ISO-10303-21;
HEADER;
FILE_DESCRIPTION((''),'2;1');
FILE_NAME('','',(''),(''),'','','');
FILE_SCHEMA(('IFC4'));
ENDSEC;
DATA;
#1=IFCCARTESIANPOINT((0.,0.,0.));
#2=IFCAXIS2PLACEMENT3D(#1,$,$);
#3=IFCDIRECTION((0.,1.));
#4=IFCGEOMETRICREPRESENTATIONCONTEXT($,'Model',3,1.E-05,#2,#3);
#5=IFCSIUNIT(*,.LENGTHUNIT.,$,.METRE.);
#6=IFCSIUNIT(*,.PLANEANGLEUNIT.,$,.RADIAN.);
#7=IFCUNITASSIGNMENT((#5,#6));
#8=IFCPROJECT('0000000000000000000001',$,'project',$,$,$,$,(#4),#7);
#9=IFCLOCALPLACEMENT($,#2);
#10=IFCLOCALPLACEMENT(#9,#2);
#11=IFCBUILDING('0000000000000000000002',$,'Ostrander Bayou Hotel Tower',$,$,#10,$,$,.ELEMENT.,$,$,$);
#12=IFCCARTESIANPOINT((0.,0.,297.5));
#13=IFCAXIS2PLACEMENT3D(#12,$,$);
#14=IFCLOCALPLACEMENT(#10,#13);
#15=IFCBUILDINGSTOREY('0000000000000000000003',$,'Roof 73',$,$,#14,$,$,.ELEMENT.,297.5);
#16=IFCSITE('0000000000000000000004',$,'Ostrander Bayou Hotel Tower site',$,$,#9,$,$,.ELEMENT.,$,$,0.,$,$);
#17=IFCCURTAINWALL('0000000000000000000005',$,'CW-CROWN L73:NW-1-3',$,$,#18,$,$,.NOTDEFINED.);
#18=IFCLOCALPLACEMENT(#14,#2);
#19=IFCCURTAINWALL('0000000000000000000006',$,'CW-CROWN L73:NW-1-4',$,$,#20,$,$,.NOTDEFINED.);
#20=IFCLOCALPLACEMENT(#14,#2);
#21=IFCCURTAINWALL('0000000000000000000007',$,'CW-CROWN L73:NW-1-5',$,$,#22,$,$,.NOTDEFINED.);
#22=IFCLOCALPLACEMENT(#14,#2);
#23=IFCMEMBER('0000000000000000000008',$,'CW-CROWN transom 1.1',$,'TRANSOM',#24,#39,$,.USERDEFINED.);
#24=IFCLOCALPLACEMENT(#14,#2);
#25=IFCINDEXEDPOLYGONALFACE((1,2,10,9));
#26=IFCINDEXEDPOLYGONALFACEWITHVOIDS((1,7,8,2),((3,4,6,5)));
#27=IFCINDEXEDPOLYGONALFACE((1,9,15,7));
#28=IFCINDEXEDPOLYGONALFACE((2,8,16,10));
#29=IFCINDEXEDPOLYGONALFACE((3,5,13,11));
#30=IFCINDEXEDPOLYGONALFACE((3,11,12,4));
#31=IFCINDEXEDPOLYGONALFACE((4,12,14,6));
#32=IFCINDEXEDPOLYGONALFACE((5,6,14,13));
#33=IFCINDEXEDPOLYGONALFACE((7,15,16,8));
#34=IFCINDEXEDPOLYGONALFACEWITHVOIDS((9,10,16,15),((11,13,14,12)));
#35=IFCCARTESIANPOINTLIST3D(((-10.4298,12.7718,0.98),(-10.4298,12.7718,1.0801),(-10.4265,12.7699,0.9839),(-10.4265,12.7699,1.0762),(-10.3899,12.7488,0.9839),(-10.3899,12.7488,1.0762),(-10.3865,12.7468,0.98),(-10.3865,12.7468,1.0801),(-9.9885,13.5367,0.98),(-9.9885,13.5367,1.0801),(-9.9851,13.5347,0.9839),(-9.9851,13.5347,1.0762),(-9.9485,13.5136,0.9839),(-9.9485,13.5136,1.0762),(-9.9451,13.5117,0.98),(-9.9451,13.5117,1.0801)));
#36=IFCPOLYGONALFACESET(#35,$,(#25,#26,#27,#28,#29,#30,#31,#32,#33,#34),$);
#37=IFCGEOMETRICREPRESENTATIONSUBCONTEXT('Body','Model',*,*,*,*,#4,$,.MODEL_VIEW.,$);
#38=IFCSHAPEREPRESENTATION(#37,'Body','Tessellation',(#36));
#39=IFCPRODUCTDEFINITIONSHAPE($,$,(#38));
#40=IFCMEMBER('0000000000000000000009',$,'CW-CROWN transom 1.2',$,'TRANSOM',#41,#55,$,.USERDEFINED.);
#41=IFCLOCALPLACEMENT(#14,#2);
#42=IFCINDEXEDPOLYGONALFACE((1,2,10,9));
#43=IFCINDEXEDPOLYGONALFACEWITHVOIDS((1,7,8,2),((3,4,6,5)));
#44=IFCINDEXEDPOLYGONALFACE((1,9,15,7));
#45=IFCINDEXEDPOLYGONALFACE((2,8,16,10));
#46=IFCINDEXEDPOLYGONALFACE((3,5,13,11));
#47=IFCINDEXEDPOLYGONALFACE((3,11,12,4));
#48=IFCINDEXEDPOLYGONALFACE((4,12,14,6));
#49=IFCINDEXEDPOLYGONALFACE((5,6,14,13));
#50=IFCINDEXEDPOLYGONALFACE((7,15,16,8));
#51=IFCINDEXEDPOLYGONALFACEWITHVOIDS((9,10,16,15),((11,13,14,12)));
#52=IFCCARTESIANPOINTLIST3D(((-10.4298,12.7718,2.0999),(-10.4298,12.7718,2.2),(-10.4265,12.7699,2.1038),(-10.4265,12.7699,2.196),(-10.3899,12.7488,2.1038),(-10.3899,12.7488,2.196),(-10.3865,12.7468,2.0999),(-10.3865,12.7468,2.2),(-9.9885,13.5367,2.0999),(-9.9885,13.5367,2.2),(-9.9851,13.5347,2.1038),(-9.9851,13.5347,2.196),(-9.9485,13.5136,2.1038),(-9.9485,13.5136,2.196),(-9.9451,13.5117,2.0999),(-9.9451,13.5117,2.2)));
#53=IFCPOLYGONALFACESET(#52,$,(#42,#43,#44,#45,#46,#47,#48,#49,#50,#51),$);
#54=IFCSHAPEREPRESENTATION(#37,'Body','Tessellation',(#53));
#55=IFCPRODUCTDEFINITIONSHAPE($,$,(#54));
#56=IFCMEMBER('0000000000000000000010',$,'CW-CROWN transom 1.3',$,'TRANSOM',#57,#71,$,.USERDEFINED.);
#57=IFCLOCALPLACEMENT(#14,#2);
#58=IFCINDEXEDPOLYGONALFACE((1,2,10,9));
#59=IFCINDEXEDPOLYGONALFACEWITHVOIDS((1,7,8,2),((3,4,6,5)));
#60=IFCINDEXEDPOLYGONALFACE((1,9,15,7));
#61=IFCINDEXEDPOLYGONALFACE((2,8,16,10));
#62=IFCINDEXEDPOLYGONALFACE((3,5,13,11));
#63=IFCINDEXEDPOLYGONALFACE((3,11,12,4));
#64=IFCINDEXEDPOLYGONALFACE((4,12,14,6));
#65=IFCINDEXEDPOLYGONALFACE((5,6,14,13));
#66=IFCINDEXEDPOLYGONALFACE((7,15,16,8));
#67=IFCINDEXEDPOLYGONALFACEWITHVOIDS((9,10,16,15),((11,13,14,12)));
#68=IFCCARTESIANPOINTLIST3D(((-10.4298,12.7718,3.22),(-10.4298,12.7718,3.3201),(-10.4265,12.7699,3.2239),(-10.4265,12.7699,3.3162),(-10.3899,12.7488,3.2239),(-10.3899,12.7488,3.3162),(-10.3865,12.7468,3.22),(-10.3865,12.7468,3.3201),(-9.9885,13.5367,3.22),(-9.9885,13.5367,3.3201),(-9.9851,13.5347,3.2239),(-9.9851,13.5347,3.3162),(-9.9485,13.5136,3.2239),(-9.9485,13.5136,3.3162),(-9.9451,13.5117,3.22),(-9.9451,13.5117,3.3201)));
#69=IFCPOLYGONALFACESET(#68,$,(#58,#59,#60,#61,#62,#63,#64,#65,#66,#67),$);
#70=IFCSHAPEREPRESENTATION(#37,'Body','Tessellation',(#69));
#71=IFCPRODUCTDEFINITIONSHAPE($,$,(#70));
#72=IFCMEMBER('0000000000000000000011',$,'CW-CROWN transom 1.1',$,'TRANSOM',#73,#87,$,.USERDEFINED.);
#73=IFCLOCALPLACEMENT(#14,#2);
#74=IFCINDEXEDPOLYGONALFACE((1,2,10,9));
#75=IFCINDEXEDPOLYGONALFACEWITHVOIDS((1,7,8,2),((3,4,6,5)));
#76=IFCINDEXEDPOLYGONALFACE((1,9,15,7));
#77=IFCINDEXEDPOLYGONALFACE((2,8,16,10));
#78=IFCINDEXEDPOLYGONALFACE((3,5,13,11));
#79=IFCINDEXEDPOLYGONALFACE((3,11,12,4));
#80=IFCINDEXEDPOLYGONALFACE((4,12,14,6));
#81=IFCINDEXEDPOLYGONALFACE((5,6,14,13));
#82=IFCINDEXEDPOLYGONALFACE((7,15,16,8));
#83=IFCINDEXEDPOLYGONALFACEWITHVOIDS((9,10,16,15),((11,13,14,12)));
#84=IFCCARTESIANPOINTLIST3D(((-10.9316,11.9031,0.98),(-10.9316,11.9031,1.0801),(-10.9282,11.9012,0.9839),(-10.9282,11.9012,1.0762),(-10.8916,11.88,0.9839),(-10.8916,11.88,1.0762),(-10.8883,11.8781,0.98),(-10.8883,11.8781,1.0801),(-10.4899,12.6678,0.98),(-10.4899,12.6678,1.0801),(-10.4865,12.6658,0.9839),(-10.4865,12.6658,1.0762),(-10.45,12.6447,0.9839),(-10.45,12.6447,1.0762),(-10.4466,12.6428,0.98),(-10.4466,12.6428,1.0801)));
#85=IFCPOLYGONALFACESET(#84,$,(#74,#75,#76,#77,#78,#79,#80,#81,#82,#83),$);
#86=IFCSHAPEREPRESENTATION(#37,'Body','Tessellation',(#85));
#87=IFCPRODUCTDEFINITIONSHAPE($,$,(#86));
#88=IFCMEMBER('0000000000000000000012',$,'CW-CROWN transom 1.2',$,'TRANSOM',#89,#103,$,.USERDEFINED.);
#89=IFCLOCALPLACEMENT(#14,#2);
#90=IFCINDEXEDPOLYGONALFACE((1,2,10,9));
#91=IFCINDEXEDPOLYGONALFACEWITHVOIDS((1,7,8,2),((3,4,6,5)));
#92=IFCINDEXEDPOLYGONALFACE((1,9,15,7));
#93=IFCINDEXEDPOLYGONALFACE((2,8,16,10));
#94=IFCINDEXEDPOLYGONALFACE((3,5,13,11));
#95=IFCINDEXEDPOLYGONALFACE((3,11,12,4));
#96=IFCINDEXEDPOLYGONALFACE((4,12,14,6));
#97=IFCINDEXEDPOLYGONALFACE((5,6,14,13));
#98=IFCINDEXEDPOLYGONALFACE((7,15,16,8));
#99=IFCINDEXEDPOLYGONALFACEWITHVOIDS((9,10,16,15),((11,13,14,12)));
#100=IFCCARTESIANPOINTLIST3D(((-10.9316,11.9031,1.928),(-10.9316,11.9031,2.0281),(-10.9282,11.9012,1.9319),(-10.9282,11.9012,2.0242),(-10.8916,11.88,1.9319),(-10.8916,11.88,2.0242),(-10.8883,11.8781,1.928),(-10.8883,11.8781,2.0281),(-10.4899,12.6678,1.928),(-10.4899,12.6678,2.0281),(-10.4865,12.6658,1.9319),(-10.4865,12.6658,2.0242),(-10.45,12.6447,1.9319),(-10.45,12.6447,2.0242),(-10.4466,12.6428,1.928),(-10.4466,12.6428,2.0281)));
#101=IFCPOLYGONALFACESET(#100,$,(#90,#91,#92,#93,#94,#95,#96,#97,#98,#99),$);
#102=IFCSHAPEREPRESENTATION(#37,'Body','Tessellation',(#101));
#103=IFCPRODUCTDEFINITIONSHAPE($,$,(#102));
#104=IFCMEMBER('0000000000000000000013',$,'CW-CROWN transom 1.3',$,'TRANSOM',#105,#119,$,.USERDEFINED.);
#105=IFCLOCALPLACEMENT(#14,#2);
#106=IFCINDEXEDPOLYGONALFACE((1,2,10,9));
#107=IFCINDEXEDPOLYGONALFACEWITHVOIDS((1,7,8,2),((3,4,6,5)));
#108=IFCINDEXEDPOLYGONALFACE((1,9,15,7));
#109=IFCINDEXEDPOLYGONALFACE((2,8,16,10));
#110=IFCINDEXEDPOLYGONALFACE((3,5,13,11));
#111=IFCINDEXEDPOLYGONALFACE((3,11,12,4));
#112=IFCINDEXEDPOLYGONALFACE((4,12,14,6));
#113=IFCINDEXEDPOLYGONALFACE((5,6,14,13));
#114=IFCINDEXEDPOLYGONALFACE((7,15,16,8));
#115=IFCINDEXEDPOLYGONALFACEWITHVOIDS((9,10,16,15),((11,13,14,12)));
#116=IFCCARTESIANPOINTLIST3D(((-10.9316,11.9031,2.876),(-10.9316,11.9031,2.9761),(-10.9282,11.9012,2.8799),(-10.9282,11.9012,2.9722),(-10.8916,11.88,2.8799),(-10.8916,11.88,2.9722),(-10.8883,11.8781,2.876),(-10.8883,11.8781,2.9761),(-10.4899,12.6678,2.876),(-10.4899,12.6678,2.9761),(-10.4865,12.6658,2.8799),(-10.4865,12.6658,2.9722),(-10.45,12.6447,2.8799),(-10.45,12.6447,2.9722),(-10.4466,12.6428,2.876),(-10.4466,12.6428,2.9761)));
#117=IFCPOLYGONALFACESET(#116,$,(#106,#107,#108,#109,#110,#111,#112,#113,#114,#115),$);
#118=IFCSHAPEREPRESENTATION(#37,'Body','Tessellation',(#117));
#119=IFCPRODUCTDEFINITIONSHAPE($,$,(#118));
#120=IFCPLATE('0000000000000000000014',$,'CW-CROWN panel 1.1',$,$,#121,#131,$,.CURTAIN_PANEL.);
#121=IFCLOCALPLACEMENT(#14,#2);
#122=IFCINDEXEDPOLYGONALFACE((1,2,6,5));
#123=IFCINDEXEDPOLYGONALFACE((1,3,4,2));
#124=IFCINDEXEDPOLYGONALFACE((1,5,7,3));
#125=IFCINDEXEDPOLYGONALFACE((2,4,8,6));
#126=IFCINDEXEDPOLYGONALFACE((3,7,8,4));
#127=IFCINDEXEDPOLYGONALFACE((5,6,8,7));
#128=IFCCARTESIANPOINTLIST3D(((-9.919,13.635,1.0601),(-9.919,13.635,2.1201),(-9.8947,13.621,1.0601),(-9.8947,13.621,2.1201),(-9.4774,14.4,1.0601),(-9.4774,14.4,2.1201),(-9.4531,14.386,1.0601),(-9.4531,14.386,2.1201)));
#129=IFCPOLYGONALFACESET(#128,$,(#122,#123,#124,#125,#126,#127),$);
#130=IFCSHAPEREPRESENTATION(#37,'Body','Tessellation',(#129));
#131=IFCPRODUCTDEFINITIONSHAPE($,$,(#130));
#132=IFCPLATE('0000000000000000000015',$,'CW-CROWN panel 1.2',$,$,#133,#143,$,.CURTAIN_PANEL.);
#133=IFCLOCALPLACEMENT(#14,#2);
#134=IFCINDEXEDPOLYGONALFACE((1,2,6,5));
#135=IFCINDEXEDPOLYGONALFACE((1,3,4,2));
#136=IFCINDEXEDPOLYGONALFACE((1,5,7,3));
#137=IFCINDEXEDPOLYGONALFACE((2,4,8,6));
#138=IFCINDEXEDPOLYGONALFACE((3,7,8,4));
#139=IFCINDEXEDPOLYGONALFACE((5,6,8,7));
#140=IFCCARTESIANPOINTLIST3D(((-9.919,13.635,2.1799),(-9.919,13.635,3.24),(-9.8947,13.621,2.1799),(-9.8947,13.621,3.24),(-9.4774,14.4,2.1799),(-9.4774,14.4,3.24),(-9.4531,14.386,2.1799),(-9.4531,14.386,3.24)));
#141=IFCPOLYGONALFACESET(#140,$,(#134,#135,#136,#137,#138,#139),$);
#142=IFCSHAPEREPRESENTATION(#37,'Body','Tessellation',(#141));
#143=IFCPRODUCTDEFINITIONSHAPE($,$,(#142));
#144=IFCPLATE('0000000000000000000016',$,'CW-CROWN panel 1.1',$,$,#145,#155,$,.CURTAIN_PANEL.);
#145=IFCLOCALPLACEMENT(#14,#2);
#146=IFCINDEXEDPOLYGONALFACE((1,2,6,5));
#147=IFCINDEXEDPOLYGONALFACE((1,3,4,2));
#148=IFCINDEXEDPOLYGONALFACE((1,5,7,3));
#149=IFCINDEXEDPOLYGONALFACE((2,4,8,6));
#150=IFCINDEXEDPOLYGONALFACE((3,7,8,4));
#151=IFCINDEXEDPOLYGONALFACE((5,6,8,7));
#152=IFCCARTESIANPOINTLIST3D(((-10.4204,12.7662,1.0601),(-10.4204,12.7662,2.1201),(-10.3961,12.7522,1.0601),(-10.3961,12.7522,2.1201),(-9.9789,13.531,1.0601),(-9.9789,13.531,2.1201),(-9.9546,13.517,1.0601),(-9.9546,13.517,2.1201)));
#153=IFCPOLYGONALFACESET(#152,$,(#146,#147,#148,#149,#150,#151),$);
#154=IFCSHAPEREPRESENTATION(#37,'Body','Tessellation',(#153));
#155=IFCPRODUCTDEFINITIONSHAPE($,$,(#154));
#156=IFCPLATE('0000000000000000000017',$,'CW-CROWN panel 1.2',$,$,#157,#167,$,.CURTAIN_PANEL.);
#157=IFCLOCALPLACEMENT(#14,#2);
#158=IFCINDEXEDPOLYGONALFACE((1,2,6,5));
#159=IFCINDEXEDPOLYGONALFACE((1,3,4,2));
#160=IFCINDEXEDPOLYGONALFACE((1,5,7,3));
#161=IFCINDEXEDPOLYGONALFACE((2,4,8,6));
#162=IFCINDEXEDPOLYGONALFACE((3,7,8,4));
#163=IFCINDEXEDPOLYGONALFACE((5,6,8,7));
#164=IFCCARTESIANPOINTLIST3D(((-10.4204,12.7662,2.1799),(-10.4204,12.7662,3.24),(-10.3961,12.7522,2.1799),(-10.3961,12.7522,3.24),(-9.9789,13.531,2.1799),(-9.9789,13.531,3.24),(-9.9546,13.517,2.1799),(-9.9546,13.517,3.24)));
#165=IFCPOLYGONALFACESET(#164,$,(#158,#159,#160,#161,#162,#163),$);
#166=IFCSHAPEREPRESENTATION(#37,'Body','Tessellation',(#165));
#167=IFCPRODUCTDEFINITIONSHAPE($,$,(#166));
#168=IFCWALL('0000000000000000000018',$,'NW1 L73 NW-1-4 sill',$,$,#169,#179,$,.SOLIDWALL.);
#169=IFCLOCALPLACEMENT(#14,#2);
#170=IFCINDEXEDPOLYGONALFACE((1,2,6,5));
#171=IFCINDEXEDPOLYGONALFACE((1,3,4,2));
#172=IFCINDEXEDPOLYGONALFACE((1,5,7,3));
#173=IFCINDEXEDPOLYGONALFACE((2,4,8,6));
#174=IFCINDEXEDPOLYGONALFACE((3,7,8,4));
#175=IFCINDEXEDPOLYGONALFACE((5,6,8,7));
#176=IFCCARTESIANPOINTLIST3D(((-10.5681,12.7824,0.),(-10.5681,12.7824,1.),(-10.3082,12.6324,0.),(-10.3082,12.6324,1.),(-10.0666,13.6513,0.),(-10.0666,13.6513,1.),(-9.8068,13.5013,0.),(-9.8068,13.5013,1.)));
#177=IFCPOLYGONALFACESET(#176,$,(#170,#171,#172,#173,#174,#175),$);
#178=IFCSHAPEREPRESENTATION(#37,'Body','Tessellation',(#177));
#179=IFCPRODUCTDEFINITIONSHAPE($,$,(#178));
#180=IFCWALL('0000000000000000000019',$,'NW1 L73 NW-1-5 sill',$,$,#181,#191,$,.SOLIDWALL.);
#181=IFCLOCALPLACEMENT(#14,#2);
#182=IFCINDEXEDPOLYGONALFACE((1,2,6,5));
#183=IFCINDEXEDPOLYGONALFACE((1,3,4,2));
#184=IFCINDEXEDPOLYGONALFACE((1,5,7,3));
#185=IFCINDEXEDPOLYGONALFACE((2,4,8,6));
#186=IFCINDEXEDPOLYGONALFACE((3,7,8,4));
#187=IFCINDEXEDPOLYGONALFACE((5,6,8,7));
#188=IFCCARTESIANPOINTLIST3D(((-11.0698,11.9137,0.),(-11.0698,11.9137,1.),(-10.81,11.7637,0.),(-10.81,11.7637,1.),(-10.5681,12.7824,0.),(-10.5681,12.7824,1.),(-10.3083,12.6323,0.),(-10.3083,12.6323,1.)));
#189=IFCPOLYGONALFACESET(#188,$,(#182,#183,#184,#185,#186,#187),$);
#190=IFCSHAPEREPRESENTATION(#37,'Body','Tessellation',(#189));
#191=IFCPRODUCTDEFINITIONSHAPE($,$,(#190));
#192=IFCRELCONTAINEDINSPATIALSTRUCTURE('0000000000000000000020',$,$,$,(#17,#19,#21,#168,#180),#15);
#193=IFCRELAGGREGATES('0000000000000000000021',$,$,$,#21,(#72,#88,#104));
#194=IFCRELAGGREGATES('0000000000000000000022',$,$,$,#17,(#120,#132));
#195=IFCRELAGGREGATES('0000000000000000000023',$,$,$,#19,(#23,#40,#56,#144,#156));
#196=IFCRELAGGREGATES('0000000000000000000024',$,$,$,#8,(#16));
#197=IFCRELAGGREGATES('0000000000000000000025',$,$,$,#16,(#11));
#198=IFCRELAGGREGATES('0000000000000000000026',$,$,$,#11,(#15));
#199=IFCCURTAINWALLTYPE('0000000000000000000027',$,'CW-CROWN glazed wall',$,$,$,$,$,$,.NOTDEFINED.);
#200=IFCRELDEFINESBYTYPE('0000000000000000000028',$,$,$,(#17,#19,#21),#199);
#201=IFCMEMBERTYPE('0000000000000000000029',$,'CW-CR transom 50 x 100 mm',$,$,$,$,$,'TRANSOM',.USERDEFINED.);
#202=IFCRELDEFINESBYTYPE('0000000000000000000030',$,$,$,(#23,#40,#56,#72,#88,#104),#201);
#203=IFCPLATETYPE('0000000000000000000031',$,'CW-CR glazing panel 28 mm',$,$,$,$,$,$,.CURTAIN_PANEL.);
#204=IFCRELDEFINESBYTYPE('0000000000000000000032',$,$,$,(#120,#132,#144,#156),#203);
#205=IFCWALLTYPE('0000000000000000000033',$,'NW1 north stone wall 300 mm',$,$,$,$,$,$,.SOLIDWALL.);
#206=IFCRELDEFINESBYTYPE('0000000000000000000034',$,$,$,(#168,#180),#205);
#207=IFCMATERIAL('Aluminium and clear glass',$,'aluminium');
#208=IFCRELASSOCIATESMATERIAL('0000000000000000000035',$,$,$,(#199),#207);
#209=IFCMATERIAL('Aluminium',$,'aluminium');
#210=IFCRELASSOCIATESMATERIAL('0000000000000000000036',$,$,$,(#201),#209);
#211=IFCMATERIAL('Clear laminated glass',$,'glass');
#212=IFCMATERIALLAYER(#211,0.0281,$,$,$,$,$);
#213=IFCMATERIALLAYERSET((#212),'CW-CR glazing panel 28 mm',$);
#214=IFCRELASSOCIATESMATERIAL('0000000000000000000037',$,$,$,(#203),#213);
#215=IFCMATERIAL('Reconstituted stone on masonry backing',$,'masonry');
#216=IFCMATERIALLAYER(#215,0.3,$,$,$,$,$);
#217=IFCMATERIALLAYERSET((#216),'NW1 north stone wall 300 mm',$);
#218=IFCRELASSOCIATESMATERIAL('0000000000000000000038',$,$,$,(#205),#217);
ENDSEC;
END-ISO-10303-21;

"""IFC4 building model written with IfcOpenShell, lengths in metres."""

from ifc_helpers import new_model, si_unit, direction, frame, frame_2d, origin, origin_2d, place, context, subcontext, project, spatial, rectangle, hollow_rectangle, extrude, material, layer, layer_set, material_profile, profile_set, type_object, element, aggregate, save


model = new_model("IFC4")

# Units and contexts
model_context = context("Model", 3, precision=1e-05, world=origin(), true_north=direction((0.0, 1.0)))
body_context = subcontext(model_context, "Body", "Model", "MODEL_VIEW")
ifc_project = project(units=[si_unit("LENGTHUNIT", "METRE"), si_unit("PLANEANGLEUNIT", "RADIAN")], contexts=[model_context])

# Site, building, storey
site_placement = place(None, origin())
site = spatial("IfcSite", under=ifc_project, at=site_placement, Name="Ostrander Bayou Hotel Tower site", CompositionType="ELEMENT", RefElevation=0.0)
building_placement = place(site_placement, origin())
building = spatial("IfcBuilding", under=site, at=building_placement, Name="Ostrander Bayou Hotel Tower", CompositionType="ELEMENT")
storey_placement = place(building_placement, frame((0.0, 0.0, 297.5)))
storey = spatial("IfcBuildingStorey", under=building, at=storey_placement, Name="Roof 73", CompositionType="ELEMENT", Elevation=297.5)

# Curtain walls
ifc_material_1 = material(Name="Aluminium and clear glass", Category="aluminium")
curtain_wall_type = type_object("IfcCurtainWallType", Name="CW-CROWN glazed wall", PredefinedType="NOTDEFINED", material=ifc_material_1)
curtain_wall_1_placement = place(storey_placement, origin())
curtain_wall_1 = element("IfcCurtainWall", 1, at=curtain_wall_1_placement, inside=storey, type_object=curtain_wall_type, Name="CW-CROWN L73:NW-1-3", PredefinedType="NOTDEFINED")
curtain_wall_2_placement = place(storey_placement, origin())
curtain_wall_2 = element("IfcCurtainWall", 2, at=curtain_wall_2_placement, inside=storey, type_object=curtain_wall_type, Name="CW-CROWN L73:NW-1-4", PredefinedType="NOTDEFINED")

# Curtain wall
curtain_wall_3_placement = place(storey_placement, origin())
curtain_wall_3 = element("IfcCurtainWall", 3, at=curtain_wall_3_placement, inside=storey, type_object=curtain_wall_type, Name="CW-CROWN L73:NW-1-5", PredefinedType="NOTDEFINED")

# Members
ifc_material_2 = material(Name="Aluminium", Category="aluminium")
ifc_material_profile_1 = material_profile(ifc_material_2, hollow_rectangle(XDim=0.05, YDim=0.1001, WallThickness=0.0039, at=origin_2d()))
ifc_profile_set_1 = profile_set([ifc_material_profile_1], Name="Aluminium")
member_type_1 = type_object("IfcMemberType", Name="CW-CR transom 50 x 100 mm", ElementType="TRANSOM", PredefinedType="USERDEFINED", material=ifc_profile_set_1)
member_1_placement = place(storey_placement, frame((-9.9668, 13.5242, 1.03), z_axis=(-0.499826, -0.866126, 0.0), x_axis=(0.866126, -0.499826, 0.0)))
member_1 = element("IfcMember", 4, at=member_1_placement, type_object=member_type_1, Name="CW-CROWN transom 1.1", ObjectType="TRANSOM", PredefinedType="USERDEFINED", context=body_context, shape_type="SweptSolid", body=[
    extrude(hollow_rectangle(XDim=0.05, YDim=0.1001, WallThickness=0.0039, at=origin_2d()), origin(), (0.0, 0.0, 1.0), 0.8831),
])
member_2_placement = place(storey_placement, frame((-9.9668, 13.5242, 2.1499), z_axis=(-0.499826, -0.866126, 0.0), x_axis=(0.866126, -0.499826, 0.0)))
member_2 = element("IfcMember", 5, at=member_2_placement, type_object=member_type_1, Name="CW-CROWN transom 1.2", ObjectType="TRANSOM", PredefinedType="USERDEFINED", context=body_context, shape_type="SweptSolid", body=[
    extrude(hollow_rectangle(XDim=0.05, YDim=0.1001, WallThickness=0.0039, at=origin_2d()), origin(), (0.0, 0.0, 1.0), 0.8831),
])
member_3_placement = place(storey_placement, frame((-9.9668, 13.5242, 3.27), z_axis=(-0.499826, -0.866126, 0.0), x_axis=(0.866126, -0.499826, 0.0)))
member_3 = element("IfcMember", 6, at=member_3_placement, type_object=member_type_1, Name="CW-CROWN transom 1.3", ObjectType="TRANSOM", PredefinedType="USERDEFINED", context=body_context, shape_type="SweptSolid", body=[
    extrude(hollow_rectangle(XDim=0.05, YDim=0.1001, WallThickness=0.0039, at=origin_2d()), origin(), (0.0, 0.0, 1.0), 0.8831),
])
member_4_placement = place(storey_placement, frame((-10.4683, 12.6553, 1.03), z_axis=(-0.500153, -0.865937, 0.0), x_axis=(0.865937, -0.500153, 0.0)))
member_4 = element("IfcMember", 7, at=member_4_placement, type_object=member_type_1, Name="CW-CROWN transom 1.1", ObjectType="TRANSOM", PredefinedType="USERDEFINED", context=body_context, shape_type="SweptSolid", body=[
    extrude(hollow_rectangle(XDim=0.05, YDim=0.1001, WallThickness=0.0039, at=origin_2d()), origin(), (0.0, 0.0, 1.0), 0.8831),
])
member_5_placement = place(storey_placement, frame((-10.4683, 12.6553, 1.978), z_axis=(-0.500153, -0.865937, 0.0), x_axis=(0.865937, -0.500153, 0.0)))
member_5 = element("IfcMember", 8, at=member_5_placement, type_object=member_type_1, Name="CW-CROWN transom 1.2", ObjectType="TRANSOM", PredefinedType="USERDEFINED", context=body_context, shape_type="SweptSolid", body=[
    extrude(hollow_rectangle(XDim=0.05, YDim=0.1001, WallThickness=0.0039, at=origin_2d()), origin(), (0.0, 0.0, 1.0), 0.8831),
])
member_6_placement = place(storey_placement, frame((-10.4683, 12.6553, 2.926), z_axis=(-0.500153, -0.865937, 0.0), x_axis=(0.865937, -0.500153, 0.0)))
member_6 = element("IfcMember", 9, at=member_6_placement, type_object=member_type_1, Name="CW-CROWN transom 1.3", ObjectType="TRANSOM", PredefinedType="USERDEFINED", context=body_context, shape_type="SweptSolid", body=[
    extrude(hollow_rectangle(XDim=0.05, YDim=0.1001, WallThickness=0.0039, at=origin_2d()), origin(), (0.0, 0.0, 1.0), 0.8831),
])
aggregate(curtain_wall_3, [member_4, member_5, member_6])

# Plates
ifc_material_3 = material(Name="Clear laminated glass", Category="glass")
ifc_layer_1 = layer(ifc_material_3, 0.0281)
ifc_layer_set_1 = layer_set([ifc_layer_1], Name="CW-CR glazing panel 28 mm")
plate_type = type_object("IfcPlateType", Name="CW-CR glazing panel 28 mm", PredefinedType="CURTAIN_PANEL", material=ifc_layer_set_1)
plate_1_placement = place(storey_placement, frame((-9.686, 14.0105, 1.0601), z_axis=(0.0, 0.0, 1.0), x_axis=(-0.499999, -0.866026, 0.0)))
plate_1 = element("IfcPlate", 10, at=plate_1_placement, type_object=plate_type, Name="CW-CROWN panel 1.1", PredefinedType="CURTAIN_PANEL", context=body_context, shape_type="SweptSolid", body=[
    extrude(rectangle(XDim=0.8833, YDim=0.0281, at=origin_2d()), origin(), (0.0, 0.0, 1.0), 1.0601),
])
plate_2_placement = place(storey_placement, frame((-9.686, 14.0105, 2.1799), z_axis=(0.0, 0.0, 1.0), x_axis=(-0.499999, -0.866026, 0.0)))
plate_2 = element("IfcPlate", 11, at=plate_2_placement, type_object=plate_type, Name="CW-CROWN panel 1.2", PredefinedType="CURTAIN_PANEL", context=body_context, shape_type="SweptSolid", body=[
    extrude(rectangle(XDim=0.8833, YDim=0.0281, at=origin_2d()), origin(), (0.0, 0.0, 1.0), 1.0601),
])
aggregate(curtain_wall_1, [plate_1, plate_2])
plate_3_placement = place(storey_placement, frame((-10.1875, 13.1416, 1.0601), z_axis=(0.0, 0.0, 1.0), x_axis=(-0.499924, -0.866069, 0.0)))
plate_3 = element("IfcPlate", 12, at=plate_3_placement, type_object=plate_type, Name="CW-CROWN panel 1.1", PredefinedType="CURTAIN_PANEL", context=body_context, shape_type="SweptSolid", body=[
    extrude(rectangle(XDim=0.8831, YDim=0.0281, at=origin_2d()), origin(), (0.0, 0.0, 1.0), 1.0601),
])
plate_4_placement = place(storey_placement, frame((-10.1875, 13.1416, 2.1799), z_axis=(0.0, 0.0, 1.0), x_axis=(-0.499924, -0.866069, 0.0)))
plate_4 = element("IfcPlate", 13, at=plate_4_placement, type_object=plate_type, Name="CW-CROWN panel 1.2", PredefinedType="CURTAIN_PANEL", context=body_context, shape_type="SweptSolid", body=[
    extrude(rectangle(XDim=0.8831, YDim=0.0281, at=origin_2d()), origin(), (0.0, 0.0, 1.0), 1.0601),
])
aggregate(curtain_wall_2, [member_1, member_2, member_3, plate_3, plate_4])

# Walls
ifc_material_4 = material(Name="Reconstituted stone on masonry backing", Category="masonry")
ifc_layer_2 = layer(ifc_material_4, 0.3)
ifc_layer_set_2 = layer_set([ifc_layer_2], Name="NW1 north stone wall 300 mm")
wall_type = type_object("IfcWallType", Name="NW1 north stone wall 300 mm", PredefinedType="SOLIDWALL", material=ifc_layer_set_2)
for number, where, z_axis, x_axis, name in (
    (14, (-9.9368, 13.5762, 0.0), (0.0, 0.0, 1.0), (-0.499856, -0.866109, 0.0), "NW1 L73 NW-1-4 sill"),
    (15, (-10.4382, 12.7073, 0.0), (0.0, 0.0, 1.0), (-0.500144, -0.865942, 0.0), "NW1 L73 NW-1-5 sill"),
):
    element("IfcWall", number, at=place(storey_placement, frame(where, z_axis=z_axis, x_axis=x_axis)), inside=storey, type_object=wall_type, Name=name, PredefinedType="SOLIDWALL", context=body_context, shape_type="SweptSolid", body=[
        extrude(rectangle(XDim=1.0032, YDim=0.3, at=frame_2d((0.5015, 0.0))), origin(), (0.0, 0.0, 1.0), 1.0),
    ])

save(model, "model.ifc")
